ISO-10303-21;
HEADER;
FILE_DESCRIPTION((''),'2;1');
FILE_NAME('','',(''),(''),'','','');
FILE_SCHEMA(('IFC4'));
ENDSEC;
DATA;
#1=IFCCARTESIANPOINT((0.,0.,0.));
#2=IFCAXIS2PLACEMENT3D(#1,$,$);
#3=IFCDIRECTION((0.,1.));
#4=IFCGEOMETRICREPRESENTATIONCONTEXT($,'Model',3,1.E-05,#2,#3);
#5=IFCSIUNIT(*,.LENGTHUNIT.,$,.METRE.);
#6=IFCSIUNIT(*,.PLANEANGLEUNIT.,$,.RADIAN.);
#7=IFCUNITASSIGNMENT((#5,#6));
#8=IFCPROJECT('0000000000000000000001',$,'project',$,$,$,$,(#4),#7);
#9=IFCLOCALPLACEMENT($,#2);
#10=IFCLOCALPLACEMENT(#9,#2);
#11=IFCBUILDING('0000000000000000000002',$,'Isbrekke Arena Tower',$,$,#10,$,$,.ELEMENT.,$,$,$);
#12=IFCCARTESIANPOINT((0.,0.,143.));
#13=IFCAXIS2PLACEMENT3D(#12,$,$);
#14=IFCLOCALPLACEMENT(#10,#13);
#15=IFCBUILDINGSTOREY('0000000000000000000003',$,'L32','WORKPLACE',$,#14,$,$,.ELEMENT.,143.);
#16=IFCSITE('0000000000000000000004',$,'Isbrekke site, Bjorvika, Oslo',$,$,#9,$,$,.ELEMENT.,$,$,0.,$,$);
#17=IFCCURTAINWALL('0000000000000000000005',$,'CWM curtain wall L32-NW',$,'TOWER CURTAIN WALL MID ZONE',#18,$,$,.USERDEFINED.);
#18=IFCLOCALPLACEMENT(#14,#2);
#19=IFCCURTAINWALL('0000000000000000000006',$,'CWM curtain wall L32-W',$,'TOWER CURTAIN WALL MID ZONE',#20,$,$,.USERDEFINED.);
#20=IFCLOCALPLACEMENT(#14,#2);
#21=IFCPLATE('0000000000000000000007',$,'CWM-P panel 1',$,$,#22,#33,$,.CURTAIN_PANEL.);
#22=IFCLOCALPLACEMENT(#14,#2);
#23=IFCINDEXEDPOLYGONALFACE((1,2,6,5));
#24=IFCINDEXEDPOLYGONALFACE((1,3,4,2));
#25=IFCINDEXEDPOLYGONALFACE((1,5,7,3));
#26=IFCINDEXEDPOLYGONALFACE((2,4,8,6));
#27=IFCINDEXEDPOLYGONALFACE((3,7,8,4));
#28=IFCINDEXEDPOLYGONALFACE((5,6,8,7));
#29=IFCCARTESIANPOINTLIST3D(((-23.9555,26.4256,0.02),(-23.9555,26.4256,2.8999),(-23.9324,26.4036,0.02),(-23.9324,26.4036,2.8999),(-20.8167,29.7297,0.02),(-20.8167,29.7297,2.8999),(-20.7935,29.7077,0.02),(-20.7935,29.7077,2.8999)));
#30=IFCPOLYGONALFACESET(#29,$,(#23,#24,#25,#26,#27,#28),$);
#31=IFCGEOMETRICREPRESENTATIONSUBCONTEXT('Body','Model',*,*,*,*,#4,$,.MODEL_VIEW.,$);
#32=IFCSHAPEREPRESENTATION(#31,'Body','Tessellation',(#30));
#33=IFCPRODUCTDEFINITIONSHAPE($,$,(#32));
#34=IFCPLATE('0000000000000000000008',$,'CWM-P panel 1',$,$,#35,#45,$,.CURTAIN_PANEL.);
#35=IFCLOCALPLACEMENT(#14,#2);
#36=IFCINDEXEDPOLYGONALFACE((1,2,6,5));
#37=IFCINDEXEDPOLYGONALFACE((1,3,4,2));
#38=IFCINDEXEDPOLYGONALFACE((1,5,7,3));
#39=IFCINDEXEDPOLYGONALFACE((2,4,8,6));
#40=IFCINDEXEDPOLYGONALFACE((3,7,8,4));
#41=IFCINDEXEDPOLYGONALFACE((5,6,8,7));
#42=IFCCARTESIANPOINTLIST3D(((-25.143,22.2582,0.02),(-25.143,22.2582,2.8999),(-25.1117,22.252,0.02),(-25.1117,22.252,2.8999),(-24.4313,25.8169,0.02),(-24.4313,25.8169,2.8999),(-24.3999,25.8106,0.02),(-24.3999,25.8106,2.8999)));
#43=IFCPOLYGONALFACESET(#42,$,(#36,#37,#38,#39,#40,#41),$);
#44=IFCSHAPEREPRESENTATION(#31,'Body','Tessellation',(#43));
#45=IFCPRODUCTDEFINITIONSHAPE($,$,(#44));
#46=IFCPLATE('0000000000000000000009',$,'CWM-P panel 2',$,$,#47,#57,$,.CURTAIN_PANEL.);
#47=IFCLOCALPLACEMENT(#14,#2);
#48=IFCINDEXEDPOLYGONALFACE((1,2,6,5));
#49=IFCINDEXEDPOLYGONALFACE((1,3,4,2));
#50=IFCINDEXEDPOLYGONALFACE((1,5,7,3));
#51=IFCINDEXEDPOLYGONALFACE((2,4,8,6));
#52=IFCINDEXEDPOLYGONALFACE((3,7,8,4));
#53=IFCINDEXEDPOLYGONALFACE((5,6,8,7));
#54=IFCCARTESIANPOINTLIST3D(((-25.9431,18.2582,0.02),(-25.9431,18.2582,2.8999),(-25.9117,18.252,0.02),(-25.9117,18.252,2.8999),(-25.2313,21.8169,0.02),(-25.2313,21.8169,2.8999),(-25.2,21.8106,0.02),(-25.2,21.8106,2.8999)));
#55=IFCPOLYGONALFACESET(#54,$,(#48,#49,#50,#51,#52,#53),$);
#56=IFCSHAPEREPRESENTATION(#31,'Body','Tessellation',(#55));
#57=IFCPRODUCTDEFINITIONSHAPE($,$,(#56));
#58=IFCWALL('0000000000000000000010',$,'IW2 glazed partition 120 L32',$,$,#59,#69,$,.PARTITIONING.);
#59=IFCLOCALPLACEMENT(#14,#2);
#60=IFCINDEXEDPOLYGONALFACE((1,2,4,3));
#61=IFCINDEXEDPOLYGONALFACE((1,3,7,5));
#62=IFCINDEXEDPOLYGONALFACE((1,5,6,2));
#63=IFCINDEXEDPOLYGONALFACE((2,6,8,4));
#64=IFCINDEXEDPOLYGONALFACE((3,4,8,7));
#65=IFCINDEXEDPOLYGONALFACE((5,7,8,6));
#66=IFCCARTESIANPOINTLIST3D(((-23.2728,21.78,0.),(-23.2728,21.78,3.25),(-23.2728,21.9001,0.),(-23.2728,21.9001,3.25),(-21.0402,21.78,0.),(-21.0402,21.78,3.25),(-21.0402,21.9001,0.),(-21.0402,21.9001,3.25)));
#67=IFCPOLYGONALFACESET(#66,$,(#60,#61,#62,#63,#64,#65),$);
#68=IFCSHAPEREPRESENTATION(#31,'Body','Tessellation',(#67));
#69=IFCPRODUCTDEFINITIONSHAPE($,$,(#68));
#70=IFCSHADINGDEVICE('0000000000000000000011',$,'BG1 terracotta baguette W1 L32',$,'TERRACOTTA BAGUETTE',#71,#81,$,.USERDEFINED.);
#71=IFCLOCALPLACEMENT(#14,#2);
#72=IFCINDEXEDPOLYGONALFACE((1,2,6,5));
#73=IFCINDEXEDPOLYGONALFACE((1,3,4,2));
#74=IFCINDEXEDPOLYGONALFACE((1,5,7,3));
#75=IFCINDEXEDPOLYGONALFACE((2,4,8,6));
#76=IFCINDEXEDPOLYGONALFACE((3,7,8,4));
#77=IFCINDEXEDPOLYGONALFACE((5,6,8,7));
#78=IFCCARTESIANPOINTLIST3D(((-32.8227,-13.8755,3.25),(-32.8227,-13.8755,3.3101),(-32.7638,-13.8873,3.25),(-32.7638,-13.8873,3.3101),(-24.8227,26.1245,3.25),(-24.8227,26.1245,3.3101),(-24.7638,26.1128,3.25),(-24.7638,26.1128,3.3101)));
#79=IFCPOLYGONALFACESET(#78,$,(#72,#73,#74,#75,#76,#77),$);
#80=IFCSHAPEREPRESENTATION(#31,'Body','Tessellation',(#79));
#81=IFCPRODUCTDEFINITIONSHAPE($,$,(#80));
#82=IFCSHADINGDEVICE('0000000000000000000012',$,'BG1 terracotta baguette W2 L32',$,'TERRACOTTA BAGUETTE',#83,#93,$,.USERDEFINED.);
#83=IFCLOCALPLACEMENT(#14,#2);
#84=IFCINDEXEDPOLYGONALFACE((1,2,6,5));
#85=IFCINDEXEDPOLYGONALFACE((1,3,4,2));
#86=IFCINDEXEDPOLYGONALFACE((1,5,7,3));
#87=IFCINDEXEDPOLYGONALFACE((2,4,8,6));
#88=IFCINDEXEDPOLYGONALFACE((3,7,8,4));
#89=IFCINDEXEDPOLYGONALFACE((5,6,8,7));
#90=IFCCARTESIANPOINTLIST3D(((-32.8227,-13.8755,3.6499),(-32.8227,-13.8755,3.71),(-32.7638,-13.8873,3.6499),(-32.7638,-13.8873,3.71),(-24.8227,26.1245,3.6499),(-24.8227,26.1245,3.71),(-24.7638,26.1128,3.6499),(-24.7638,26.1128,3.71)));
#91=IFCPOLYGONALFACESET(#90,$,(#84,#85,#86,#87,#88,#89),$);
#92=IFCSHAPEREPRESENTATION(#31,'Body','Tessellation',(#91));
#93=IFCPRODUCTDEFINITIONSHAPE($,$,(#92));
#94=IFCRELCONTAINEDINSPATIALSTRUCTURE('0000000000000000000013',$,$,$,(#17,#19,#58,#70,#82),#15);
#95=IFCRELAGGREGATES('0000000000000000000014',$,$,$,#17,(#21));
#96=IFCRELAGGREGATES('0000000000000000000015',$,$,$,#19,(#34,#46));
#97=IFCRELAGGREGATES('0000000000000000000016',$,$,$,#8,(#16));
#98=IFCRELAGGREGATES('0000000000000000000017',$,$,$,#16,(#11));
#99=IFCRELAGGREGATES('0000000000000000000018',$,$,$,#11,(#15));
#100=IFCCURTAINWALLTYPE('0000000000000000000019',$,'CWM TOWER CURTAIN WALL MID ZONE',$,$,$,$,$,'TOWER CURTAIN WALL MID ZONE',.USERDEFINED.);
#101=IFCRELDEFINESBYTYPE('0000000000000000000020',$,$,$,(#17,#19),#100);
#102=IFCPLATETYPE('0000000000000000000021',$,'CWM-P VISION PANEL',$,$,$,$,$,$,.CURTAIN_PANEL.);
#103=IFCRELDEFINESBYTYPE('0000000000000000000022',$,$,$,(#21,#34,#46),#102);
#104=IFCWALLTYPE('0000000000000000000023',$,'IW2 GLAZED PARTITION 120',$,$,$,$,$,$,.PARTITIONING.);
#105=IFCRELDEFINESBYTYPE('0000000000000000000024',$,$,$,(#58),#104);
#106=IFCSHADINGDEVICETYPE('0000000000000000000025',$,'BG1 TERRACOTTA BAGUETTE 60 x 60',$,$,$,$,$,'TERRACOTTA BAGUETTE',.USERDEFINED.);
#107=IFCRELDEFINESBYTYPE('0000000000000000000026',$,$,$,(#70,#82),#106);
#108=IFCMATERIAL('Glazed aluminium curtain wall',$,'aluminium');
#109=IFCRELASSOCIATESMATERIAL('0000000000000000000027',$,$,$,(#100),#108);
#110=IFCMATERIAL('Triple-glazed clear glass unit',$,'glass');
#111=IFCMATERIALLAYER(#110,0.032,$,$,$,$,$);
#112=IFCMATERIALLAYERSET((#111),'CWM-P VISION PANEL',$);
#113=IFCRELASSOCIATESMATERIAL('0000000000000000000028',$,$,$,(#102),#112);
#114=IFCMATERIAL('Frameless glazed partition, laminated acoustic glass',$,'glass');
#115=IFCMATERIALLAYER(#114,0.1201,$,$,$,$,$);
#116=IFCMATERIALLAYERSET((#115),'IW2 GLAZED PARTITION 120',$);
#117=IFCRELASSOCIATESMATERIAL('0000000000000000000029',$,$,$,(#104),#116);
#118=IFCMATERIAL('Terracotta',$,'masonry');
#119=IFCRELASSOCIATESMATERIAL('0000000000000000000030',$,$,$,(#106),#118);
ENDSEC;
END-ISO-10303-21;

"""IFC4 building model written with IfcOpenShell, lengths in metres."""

from ifc_helpers import new_model, si_unit, direction, frame, frame_2d, origin, origin_2d, place, context, subcontext, project, spatial, rectangle, extrude, material, layer, layer_set, material_profile, profile_set, type_object, element, aggregate, save


model = new_model("IFC4")

# Units and contexts
model_context = context("Model", 3, precision=1e-05, world=origin(), true_north=direction((0.0, 1.0)))
body_context = subcontext(model_context, "Body", "Model", "MODEL_VIEW")
ifc_project = project(units=[si_unit("LENGTHUNIT", "METRE"), si_unit("PLANEANGLEUNIT", "RADIAN")], contexts=[model_context])

# Site, building, storey
site_placement = place(None, origin())
site = spatial("IfcSite", under=ifc_project, at=site_placement, Name="Isbrekke site, Bjorvika, Oslo", CompositionType="ELEMENT", RefElevation=0.0)
building_placement = place(site_placement, origin())
building = spatial("IfcBuilding", under=site, at=building_placement, Name="Isbrekke Arena Tower", CompositionType="ELEMENT")
storey_placement = place(building_placement, frame((0.0, 0.0, 143.0)))
storey = spatial("IfcBuildingStorey", under=building, at=storey_placement, Name="L32", Description="WORKPLACE", CompositionType="ELEMENT", Elevation=143.0)

# Shared definitions
ifc_material_1 = material(Name="Glazed aluminium curtain wall", Category="aluminium")
curtain_wall_type = type_object("IfcCurtainWallType", Name="CWM TOWER CURTAIN WALL MID ZONE", ElementType="TOWER CURTAIN WALL MID ZONE", PredefinedType="USERDEFINED", material=ifc_material_1)

# Curtain walls
curtain_wall_1_placement = place(storey_placement, origin())
curtain_wall_1 = element("IfcCurtainWall", 1, at=curtain_wall_1_placement, inside=storey, type_object=curtain_wall_type, Name="CWM curtain wall L32-NW", ObjectType="TOWER CURTAIN WALL MID ZONE", PredefinedType="USERDEFINED")
curtain_wall_2_placement = place(storey_placement, origin())
curtain_wall_2 = element("IfcCurtainWall", 2, at=curtain_wall_2_placement, inside=storey, type_object=curtain_wall_type, Name="CWM curtain wall L32-W", ObjectType="TOWER CURTAIN WALL MID ZONE", PredefinedType="USERDEFINED")

# Plates
ifc_material_2 = material(Name="Triple-glazed clear glass unit", Category="glass")
ifc_layer_1 = layer(ifc_material_2, 0.032)
ifc_layer_set_1 = layer_set([ifc_layer_1], Name="CWM-P VISION PANEL")
plate_type = type_object("IfcPlateType", Name="CWM-P VISION PANEL", PredefinedType="CURTAIN_PANEL", material=ifc_layer_set_1)
plate_1_placement = place(storey_placement, frame((-22.3745, 28.0667, 0.02), z_axis=(0.0, 0.0, 1.0), x_axis=(-0.688749, -0.724999, 0.0)))
plate_1 = element("IfcPlate", 3, at=plate_1_placement, type_object=plate_type, Name="CWM-P panel 1", PredefinedType="CURTAIN_PANEL", context=body_context, shape_type="SweptSolid", body=[
    extrude(rectangle(XDim=4.5574, YDim=0.032, at=origin_2d()), origin(), (0.0, 0.0, 1.0), 2.8799),
])
aggregate(curtain_wall_1, [plate_1])
plate_2_placement = place(storey_placement, frame((-24.7715, 24.0344, 0.02), z_axis=(0.0, 0.0, 1.0), x_axis=(-0.196116, -0.980581, 0.0)))
plate_2 = element("IfcPlate", 4, at=plate_2_placement, type_object=plate_type, Name="CWM-P panel 1", PredefinedType="CURTAIN_PANEL", context=body_context, shape_type="SweptSolid", body=[
    extrude(rectangle(XDim=3.6292, YDim=0.032, at=origin_2d()), origin(), (0.0, 0.0, 1.0), 2.8799),
])
plate_3_placement = place(storey_placement, frame((-25.5715, 20.0344, 0.02), z_axis=(0.0, 0.0, 1.0), x_axis=(-0.196116, -0.980581, 0.0)))
plate_3 = element("IfcPlate", 5, at=plate_3_placement, type_object=plate_type, Name="CWM-P panel 2", PredefinedType="CURTAIN_PANEL", context=body_context, shape_type="SweptSolid", body=[
    extrude(rectangle(XDim=3.6292, YDim=0.032, at=origin_2d()), origin(), (0.0, 0.0, 1.0), 2.8799),
])
aggregate(curtain_wall_2, [plate_2, plate_3])

# Wall
ifc_material_3 = material(Name="Frameless glazed partition, laminated acoustic glass", Category="glass")
ifc_layer_2 = layer(ifc_material_3, 0.1201)
ifc_layer_set_2 = layer_set([ifc_layer_2], Name="IW2 GLAZED PARTITION 120")
wall_type_1 = type_object("IfcWallType", Name="IW2 GLAZED PARTITION 120", PredefinedType="PARTITIONING", material=ifc_layer_set_2)
wall_1_placement = place(storey_placement, frame((-23.2727, 21.8401, 0.0), z_axis=(0.0, 0.0, 1.0), x_axis=(1.0, 0.0, 0.0)))
element("IfcWall", 6, at=wall_1_placement, inside=storey, type_object=wall_type_1, Name="IW2 glazed partition 120 L32", PredefinedType="PARTITIONING", context=body_context, shape_type="SweptSolid", body=[
    extrude(rectangle(XDim=2.2327, YDim=0.1201, at=frame_2d((1.1162, 0.0))), origin(), (0.0, 0.0, 1.0), 3.25),
])

# Shading devices
ifc_material_4 = material(Name="Terracotta", Category="masonry")
ifc_material_profile_1 = material_profile(ifc_material_4, rectangle(XDim=0.0601, YDim=0.0601, at=origin_2d()), Name="BAGUETTE 60X60")
ifc_profile_set_1 = profile_set([ifc_material_profile_1], Name="Terracotta")
shading_device_type = type_object("IfcShadingDeviceType", Name="BG1 TERRACOTTA BAGUETTE 60 x 60", ElementType="TERRACOTTA BAGUETTE", PredefinedType="USERDEFINED", material=ifc_profile_set_1)
for number, where, z_axis, x_axis, name in (
    (7, (-24.7932, 26.1187, 3.28), (-0.196116, -0.980581, 0.0), (0.980581, -0.196116, 0.0), "BG1 terracotta baguette W1 L32"),
    (8, (-24.7932, 26.1187, 3.6799), (-0.196116, -0.980581, 0.0), (0.980581, -0.196116, 0.0), "BG1 terracotta baguette W2 L32"),
):
    element("IfcShadingDevice", number, at=place(storey_placement, frame(where, z_axis=z_axis, x_axis=x_axis)), inside=storey, type_object=shading_device_type, Name=name, ObjectType="TERRACOTTA BAGUETTE", PredefinedType="USERDEFINED", context=body_context, shape_type="SweptSolid", body=[
        extrude(rectangle(XDim=0.0601, YDim=0.0601, at=origin_2d()), origin(), (0.0, 0.0, 1.0), 40.7922),
    ])

save(model, "model.ifc")
